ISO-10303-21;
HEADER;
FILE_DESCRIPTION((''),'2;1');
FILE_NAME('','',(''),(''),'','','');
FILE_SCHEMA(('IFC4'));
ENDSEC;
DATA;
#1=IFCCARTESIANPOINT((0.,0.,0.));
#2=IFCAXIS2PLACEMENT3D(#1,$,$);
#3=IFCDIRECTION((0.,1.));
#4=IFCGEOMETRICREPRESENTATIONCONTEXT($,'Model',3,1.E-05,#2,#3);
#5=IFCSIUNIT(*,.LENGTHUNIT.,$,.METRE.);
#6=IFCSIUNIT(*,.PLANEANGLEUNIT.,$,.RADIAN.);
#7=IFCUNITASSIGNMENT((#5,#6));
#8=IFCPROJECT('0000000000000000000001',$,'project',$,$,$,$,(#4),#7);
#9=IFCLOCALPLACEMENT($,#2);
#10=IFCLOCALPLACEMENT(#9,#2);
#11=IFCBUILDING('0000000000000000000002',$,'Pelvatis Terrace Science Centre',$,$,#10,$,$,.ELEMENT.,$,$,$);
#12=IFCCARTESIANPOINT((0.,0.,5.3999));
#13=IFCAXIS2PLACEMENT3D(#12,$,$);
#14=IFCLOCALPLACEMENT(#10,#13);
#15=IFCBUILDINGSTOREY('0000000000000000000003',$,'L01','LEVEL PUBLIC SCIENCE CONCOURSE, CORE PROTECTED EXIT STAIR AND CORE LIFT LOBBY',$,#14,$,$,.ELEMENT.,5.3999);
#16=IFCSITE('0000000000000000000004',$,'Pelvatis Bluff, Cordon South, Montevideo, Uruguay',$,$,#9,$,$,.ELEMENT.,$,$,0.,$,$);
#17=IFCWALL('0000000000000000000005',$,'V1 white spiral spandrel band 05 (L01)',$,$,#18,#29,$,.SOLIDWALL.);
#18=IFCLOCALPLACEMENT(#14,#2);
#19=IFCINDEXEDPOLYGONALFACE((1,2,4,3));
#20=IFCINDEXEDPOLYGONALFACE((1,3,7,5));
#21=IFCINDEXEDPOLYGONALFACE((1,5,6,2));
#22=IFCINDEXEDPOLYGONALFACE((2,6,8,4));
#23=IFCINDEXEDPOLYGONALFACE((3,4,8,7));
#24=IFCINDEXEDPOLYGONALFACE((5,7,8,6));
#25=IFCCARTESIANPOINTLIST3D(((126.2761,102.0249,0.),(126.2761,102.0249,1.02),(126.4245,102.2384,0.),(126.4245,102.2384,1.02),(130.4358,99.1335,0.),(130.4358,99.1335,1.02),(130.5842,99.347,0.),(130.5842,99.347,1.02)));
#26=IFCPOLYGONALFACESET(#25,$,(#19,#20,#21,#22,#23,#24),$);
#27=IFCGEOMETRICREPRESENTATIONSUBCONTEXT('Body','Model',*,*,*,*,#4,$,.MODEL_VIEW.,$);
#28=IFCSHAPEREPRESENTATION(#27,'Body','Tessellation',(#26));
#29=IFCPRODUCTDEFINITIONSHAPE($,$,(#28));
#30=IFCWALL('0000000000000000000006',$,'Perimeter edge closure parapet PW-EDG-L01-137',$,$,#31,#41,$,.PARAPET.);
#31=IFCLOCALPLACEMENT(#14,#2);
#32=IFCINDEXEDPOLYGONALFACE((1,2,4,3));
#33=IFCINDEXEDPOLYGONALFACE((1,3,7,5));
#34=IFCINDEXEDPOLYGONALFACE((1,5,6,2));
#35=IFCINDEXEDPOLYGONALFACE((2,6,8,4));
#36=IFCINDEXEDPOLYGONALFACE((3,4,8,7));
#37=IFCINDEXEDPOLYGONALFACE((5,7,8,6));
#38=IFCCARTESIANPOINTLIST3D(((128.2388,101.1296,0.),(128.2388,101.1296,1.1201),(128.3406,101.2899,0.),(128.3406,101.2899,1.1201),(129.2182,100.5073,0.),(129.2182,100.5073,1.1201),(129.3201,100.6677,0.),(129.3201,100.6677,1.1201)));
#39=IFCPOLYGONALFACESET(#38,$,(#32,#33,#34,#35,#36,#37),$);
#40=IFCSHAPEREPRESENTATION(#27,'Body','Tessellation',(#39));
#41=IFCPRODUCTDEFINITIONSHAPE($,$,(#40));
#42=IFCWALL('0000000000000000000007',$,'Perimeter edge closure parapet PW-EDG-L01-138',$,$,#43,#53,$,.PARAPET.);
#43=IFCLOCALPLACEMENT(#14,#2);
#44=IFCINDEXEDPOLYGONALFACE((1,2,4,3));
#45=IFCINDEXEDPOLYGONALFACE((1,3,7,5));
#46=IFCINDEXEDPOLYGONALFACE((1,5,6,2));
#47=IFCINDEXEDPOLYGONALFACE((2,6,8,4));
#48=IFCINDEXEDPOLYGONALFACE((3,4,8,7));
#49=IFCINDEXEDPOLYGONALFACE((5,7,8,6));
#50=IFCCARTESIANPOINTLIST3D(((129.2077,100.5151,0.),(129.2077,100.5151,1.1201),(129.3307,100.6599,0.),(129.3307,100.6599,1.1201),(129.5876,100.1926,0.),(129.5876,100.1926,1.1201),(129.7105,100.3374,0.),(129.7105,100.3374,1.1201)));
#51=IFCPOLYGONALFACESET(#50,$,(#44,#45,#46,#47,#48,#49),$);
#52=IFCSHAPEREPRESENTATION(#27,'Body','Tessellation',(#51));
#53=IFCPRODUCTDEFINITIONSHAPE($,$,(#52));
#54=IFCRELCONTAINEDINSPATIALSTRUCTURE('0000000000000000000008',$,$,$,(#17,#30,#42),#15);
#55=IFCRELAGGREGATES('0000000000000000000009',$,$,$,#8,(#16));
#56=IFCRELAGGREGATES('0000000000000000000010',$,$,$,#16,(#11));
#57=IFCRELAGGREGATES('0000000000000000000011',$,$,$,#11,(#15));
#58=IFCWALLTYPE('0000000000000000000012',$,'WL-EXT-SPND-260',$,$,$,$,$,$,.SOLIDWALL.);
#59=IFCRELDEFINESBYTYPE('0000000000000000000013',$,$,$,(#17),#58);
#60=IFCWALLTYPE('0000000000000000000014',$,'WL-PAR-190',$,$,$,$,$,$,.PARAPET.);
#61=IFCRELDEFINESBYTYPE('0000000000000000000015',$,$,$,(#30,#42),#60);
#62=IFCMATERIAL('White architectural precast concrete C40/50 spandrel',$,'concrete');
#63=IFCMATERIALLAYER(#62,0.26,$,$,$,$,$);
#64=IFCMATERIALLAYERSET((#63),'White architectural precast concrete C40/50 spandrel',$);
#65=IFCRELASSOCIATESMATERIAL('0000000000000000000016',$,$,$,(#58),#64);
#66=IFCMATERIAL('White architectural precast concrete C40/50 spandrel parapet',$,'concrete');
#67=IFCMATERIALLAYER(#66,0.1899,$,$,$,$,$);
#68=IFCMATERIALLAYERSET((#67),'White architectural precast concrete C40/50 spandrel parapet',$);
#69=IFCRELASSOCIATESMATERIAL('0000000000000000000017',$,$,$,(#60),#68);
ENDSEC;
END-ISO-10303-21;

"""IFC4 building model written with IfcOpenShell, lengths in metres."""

from ifc_helpers import new_model, si_unit, direction, frame, frame_2d, origin, place, context, subcontext, project, spatial, rectangle, extrude, material, layer, layer_set, type_object, element, save


model = new_model("IFC4")

# Units and contexts
model_context = context("Model", 3, precision=1e-05, world=origin(), true_north=direction((0.0, 1.0)))
body_context = subcontext(model_context, "Body", "Model", "MODEL_VIEW")
ifc_project = project(units=[si_unit("LENGTHUNIT", "METRE"), si_unit("PLANEANGLEUNIT", "RADIAN")], contexts=[model_context])

# Site, building, storey
site_placement = place(None, origin())
site = spatial("IfcSite", under=ifc_project, at=site_placement, Name="Pelvatis Bluff, Cordon South, Montevideo, Uruguay", CompositionType="ELEMENT", RefElevation=0.0)
building_placement = place(site_placement, origin())
building = spatial("IfcBuilding", under=site, at=building_placement, Name="Pelvatis Terrace Science Centre", CompositionType="ELEMENT")
storey_placement = place(building_placement, frame((0.0, 0.0, 5.3999)))
storey = spatial("IfcBuildingStorey", under=building, at=storey_placement, Name="L01", Description="LEVEL PUBLIC SCIENCE CONCOURSE, CORE PROTECTED EXIT STAIR AND CORE LIFT LOBBY", CompositionType="ELEMENT", Elevation=5.3999)

# Walls
ifc_material_1 = material(Name="White architectural precast concrete C40/50 spandrel", Category="concrete")
ifc_layer_1 = layer(ifc_material_1, 0.26)
ifc_layer_set_1 = layer_set([ifc_layer_1], Name="White architectural precast concrete C40/50 spandrel")
wall_type_1 = type_object("IfcWallType", Name="WL-EXT-SPND-260", PredefinedType="SOLIDWALL", material=ifc_layer_set_1)
wall_1_placement = place(storey_placement, frame((130.51, 99.2402, 0.0), z_axis=(0.0, 0.0, 1.0), x_axis=(-0.82112, 0.570755, 0.0)))
element("IfcWall", 1, at=wall_1_placement, inside=storey, type_object=wall_type_1, Name="V1 white spiral spandrel band 05 (L01)", PredefinedType="SOLIDWALL", context=body_context, shape_type="SweptSolid", body=[
    extrude(rectangle(XDim=5.0659, YDim=0.26, at=frame_2d((2.533, 0.0))), origin(), (0.0, 0.0, 1.0), 1.02),
])
ifc_material_2 = material(Name="White architectural precast concrete C40/50 spandrel parapet", Category="concrete")
ifc_layer_2 = layer(ifc_material_2, 0.1899)
ifc_layer_set_2 = layer_set([ifc_layer_2], Name="White architectural precast concrete C40/50 spandrel parapet")
wall_type_2 = type_object("IfcWallType", Name="WL-PAR-190", PredefinedType="PARAPET", material=ifc_layer_set_2)
wall_2_placement = place(storey_placement, frame((128.2898, 101.2097, 0.0), z_axis=(0.0, 0.0, 1.0), x_axis=(0.844051, -0.536263, 0.0)))
element("IfcWall", 2, at=wall_2_placement, inside=storey, type_object=wall_type_2, Name="Perimeter edge closure parapet PW-EDG-L01-137", PredefinedType="PARAPET", context=body_context, shape_type="SweptSolid", body=[
    extrude(rectangle(XDim=1.1604, YDim=0.1899, at=frame_2d((0.5801, 0.0))), origin(), (0.0, 0.0, 1.0), 1.1201),
])
wall_3_placement = place(storey_placement, frame((129.2693, 100.5874, 0.0), z_axis=(0.0, 0.0, 1.0), x_axis=(0.762326, -0.647193, 0.0)))
element("IfcWall", 3, at=wall_3_placement, inside=storey, type_object=wall_type_2, Name="Perimeter edge closure parapet PW-EDG-L01-138", PredefinedType="PARAPET", context=body_context, shape_type="SweptSolid", body=[
    extrude(rectangle(XDim=0.4983, YDim=0.1899, at=frame_2d((0.249, 0.0))), origin(), (0.0, 0.0, 1.0), 1.1201),
])

save(model, "model.ifc")
